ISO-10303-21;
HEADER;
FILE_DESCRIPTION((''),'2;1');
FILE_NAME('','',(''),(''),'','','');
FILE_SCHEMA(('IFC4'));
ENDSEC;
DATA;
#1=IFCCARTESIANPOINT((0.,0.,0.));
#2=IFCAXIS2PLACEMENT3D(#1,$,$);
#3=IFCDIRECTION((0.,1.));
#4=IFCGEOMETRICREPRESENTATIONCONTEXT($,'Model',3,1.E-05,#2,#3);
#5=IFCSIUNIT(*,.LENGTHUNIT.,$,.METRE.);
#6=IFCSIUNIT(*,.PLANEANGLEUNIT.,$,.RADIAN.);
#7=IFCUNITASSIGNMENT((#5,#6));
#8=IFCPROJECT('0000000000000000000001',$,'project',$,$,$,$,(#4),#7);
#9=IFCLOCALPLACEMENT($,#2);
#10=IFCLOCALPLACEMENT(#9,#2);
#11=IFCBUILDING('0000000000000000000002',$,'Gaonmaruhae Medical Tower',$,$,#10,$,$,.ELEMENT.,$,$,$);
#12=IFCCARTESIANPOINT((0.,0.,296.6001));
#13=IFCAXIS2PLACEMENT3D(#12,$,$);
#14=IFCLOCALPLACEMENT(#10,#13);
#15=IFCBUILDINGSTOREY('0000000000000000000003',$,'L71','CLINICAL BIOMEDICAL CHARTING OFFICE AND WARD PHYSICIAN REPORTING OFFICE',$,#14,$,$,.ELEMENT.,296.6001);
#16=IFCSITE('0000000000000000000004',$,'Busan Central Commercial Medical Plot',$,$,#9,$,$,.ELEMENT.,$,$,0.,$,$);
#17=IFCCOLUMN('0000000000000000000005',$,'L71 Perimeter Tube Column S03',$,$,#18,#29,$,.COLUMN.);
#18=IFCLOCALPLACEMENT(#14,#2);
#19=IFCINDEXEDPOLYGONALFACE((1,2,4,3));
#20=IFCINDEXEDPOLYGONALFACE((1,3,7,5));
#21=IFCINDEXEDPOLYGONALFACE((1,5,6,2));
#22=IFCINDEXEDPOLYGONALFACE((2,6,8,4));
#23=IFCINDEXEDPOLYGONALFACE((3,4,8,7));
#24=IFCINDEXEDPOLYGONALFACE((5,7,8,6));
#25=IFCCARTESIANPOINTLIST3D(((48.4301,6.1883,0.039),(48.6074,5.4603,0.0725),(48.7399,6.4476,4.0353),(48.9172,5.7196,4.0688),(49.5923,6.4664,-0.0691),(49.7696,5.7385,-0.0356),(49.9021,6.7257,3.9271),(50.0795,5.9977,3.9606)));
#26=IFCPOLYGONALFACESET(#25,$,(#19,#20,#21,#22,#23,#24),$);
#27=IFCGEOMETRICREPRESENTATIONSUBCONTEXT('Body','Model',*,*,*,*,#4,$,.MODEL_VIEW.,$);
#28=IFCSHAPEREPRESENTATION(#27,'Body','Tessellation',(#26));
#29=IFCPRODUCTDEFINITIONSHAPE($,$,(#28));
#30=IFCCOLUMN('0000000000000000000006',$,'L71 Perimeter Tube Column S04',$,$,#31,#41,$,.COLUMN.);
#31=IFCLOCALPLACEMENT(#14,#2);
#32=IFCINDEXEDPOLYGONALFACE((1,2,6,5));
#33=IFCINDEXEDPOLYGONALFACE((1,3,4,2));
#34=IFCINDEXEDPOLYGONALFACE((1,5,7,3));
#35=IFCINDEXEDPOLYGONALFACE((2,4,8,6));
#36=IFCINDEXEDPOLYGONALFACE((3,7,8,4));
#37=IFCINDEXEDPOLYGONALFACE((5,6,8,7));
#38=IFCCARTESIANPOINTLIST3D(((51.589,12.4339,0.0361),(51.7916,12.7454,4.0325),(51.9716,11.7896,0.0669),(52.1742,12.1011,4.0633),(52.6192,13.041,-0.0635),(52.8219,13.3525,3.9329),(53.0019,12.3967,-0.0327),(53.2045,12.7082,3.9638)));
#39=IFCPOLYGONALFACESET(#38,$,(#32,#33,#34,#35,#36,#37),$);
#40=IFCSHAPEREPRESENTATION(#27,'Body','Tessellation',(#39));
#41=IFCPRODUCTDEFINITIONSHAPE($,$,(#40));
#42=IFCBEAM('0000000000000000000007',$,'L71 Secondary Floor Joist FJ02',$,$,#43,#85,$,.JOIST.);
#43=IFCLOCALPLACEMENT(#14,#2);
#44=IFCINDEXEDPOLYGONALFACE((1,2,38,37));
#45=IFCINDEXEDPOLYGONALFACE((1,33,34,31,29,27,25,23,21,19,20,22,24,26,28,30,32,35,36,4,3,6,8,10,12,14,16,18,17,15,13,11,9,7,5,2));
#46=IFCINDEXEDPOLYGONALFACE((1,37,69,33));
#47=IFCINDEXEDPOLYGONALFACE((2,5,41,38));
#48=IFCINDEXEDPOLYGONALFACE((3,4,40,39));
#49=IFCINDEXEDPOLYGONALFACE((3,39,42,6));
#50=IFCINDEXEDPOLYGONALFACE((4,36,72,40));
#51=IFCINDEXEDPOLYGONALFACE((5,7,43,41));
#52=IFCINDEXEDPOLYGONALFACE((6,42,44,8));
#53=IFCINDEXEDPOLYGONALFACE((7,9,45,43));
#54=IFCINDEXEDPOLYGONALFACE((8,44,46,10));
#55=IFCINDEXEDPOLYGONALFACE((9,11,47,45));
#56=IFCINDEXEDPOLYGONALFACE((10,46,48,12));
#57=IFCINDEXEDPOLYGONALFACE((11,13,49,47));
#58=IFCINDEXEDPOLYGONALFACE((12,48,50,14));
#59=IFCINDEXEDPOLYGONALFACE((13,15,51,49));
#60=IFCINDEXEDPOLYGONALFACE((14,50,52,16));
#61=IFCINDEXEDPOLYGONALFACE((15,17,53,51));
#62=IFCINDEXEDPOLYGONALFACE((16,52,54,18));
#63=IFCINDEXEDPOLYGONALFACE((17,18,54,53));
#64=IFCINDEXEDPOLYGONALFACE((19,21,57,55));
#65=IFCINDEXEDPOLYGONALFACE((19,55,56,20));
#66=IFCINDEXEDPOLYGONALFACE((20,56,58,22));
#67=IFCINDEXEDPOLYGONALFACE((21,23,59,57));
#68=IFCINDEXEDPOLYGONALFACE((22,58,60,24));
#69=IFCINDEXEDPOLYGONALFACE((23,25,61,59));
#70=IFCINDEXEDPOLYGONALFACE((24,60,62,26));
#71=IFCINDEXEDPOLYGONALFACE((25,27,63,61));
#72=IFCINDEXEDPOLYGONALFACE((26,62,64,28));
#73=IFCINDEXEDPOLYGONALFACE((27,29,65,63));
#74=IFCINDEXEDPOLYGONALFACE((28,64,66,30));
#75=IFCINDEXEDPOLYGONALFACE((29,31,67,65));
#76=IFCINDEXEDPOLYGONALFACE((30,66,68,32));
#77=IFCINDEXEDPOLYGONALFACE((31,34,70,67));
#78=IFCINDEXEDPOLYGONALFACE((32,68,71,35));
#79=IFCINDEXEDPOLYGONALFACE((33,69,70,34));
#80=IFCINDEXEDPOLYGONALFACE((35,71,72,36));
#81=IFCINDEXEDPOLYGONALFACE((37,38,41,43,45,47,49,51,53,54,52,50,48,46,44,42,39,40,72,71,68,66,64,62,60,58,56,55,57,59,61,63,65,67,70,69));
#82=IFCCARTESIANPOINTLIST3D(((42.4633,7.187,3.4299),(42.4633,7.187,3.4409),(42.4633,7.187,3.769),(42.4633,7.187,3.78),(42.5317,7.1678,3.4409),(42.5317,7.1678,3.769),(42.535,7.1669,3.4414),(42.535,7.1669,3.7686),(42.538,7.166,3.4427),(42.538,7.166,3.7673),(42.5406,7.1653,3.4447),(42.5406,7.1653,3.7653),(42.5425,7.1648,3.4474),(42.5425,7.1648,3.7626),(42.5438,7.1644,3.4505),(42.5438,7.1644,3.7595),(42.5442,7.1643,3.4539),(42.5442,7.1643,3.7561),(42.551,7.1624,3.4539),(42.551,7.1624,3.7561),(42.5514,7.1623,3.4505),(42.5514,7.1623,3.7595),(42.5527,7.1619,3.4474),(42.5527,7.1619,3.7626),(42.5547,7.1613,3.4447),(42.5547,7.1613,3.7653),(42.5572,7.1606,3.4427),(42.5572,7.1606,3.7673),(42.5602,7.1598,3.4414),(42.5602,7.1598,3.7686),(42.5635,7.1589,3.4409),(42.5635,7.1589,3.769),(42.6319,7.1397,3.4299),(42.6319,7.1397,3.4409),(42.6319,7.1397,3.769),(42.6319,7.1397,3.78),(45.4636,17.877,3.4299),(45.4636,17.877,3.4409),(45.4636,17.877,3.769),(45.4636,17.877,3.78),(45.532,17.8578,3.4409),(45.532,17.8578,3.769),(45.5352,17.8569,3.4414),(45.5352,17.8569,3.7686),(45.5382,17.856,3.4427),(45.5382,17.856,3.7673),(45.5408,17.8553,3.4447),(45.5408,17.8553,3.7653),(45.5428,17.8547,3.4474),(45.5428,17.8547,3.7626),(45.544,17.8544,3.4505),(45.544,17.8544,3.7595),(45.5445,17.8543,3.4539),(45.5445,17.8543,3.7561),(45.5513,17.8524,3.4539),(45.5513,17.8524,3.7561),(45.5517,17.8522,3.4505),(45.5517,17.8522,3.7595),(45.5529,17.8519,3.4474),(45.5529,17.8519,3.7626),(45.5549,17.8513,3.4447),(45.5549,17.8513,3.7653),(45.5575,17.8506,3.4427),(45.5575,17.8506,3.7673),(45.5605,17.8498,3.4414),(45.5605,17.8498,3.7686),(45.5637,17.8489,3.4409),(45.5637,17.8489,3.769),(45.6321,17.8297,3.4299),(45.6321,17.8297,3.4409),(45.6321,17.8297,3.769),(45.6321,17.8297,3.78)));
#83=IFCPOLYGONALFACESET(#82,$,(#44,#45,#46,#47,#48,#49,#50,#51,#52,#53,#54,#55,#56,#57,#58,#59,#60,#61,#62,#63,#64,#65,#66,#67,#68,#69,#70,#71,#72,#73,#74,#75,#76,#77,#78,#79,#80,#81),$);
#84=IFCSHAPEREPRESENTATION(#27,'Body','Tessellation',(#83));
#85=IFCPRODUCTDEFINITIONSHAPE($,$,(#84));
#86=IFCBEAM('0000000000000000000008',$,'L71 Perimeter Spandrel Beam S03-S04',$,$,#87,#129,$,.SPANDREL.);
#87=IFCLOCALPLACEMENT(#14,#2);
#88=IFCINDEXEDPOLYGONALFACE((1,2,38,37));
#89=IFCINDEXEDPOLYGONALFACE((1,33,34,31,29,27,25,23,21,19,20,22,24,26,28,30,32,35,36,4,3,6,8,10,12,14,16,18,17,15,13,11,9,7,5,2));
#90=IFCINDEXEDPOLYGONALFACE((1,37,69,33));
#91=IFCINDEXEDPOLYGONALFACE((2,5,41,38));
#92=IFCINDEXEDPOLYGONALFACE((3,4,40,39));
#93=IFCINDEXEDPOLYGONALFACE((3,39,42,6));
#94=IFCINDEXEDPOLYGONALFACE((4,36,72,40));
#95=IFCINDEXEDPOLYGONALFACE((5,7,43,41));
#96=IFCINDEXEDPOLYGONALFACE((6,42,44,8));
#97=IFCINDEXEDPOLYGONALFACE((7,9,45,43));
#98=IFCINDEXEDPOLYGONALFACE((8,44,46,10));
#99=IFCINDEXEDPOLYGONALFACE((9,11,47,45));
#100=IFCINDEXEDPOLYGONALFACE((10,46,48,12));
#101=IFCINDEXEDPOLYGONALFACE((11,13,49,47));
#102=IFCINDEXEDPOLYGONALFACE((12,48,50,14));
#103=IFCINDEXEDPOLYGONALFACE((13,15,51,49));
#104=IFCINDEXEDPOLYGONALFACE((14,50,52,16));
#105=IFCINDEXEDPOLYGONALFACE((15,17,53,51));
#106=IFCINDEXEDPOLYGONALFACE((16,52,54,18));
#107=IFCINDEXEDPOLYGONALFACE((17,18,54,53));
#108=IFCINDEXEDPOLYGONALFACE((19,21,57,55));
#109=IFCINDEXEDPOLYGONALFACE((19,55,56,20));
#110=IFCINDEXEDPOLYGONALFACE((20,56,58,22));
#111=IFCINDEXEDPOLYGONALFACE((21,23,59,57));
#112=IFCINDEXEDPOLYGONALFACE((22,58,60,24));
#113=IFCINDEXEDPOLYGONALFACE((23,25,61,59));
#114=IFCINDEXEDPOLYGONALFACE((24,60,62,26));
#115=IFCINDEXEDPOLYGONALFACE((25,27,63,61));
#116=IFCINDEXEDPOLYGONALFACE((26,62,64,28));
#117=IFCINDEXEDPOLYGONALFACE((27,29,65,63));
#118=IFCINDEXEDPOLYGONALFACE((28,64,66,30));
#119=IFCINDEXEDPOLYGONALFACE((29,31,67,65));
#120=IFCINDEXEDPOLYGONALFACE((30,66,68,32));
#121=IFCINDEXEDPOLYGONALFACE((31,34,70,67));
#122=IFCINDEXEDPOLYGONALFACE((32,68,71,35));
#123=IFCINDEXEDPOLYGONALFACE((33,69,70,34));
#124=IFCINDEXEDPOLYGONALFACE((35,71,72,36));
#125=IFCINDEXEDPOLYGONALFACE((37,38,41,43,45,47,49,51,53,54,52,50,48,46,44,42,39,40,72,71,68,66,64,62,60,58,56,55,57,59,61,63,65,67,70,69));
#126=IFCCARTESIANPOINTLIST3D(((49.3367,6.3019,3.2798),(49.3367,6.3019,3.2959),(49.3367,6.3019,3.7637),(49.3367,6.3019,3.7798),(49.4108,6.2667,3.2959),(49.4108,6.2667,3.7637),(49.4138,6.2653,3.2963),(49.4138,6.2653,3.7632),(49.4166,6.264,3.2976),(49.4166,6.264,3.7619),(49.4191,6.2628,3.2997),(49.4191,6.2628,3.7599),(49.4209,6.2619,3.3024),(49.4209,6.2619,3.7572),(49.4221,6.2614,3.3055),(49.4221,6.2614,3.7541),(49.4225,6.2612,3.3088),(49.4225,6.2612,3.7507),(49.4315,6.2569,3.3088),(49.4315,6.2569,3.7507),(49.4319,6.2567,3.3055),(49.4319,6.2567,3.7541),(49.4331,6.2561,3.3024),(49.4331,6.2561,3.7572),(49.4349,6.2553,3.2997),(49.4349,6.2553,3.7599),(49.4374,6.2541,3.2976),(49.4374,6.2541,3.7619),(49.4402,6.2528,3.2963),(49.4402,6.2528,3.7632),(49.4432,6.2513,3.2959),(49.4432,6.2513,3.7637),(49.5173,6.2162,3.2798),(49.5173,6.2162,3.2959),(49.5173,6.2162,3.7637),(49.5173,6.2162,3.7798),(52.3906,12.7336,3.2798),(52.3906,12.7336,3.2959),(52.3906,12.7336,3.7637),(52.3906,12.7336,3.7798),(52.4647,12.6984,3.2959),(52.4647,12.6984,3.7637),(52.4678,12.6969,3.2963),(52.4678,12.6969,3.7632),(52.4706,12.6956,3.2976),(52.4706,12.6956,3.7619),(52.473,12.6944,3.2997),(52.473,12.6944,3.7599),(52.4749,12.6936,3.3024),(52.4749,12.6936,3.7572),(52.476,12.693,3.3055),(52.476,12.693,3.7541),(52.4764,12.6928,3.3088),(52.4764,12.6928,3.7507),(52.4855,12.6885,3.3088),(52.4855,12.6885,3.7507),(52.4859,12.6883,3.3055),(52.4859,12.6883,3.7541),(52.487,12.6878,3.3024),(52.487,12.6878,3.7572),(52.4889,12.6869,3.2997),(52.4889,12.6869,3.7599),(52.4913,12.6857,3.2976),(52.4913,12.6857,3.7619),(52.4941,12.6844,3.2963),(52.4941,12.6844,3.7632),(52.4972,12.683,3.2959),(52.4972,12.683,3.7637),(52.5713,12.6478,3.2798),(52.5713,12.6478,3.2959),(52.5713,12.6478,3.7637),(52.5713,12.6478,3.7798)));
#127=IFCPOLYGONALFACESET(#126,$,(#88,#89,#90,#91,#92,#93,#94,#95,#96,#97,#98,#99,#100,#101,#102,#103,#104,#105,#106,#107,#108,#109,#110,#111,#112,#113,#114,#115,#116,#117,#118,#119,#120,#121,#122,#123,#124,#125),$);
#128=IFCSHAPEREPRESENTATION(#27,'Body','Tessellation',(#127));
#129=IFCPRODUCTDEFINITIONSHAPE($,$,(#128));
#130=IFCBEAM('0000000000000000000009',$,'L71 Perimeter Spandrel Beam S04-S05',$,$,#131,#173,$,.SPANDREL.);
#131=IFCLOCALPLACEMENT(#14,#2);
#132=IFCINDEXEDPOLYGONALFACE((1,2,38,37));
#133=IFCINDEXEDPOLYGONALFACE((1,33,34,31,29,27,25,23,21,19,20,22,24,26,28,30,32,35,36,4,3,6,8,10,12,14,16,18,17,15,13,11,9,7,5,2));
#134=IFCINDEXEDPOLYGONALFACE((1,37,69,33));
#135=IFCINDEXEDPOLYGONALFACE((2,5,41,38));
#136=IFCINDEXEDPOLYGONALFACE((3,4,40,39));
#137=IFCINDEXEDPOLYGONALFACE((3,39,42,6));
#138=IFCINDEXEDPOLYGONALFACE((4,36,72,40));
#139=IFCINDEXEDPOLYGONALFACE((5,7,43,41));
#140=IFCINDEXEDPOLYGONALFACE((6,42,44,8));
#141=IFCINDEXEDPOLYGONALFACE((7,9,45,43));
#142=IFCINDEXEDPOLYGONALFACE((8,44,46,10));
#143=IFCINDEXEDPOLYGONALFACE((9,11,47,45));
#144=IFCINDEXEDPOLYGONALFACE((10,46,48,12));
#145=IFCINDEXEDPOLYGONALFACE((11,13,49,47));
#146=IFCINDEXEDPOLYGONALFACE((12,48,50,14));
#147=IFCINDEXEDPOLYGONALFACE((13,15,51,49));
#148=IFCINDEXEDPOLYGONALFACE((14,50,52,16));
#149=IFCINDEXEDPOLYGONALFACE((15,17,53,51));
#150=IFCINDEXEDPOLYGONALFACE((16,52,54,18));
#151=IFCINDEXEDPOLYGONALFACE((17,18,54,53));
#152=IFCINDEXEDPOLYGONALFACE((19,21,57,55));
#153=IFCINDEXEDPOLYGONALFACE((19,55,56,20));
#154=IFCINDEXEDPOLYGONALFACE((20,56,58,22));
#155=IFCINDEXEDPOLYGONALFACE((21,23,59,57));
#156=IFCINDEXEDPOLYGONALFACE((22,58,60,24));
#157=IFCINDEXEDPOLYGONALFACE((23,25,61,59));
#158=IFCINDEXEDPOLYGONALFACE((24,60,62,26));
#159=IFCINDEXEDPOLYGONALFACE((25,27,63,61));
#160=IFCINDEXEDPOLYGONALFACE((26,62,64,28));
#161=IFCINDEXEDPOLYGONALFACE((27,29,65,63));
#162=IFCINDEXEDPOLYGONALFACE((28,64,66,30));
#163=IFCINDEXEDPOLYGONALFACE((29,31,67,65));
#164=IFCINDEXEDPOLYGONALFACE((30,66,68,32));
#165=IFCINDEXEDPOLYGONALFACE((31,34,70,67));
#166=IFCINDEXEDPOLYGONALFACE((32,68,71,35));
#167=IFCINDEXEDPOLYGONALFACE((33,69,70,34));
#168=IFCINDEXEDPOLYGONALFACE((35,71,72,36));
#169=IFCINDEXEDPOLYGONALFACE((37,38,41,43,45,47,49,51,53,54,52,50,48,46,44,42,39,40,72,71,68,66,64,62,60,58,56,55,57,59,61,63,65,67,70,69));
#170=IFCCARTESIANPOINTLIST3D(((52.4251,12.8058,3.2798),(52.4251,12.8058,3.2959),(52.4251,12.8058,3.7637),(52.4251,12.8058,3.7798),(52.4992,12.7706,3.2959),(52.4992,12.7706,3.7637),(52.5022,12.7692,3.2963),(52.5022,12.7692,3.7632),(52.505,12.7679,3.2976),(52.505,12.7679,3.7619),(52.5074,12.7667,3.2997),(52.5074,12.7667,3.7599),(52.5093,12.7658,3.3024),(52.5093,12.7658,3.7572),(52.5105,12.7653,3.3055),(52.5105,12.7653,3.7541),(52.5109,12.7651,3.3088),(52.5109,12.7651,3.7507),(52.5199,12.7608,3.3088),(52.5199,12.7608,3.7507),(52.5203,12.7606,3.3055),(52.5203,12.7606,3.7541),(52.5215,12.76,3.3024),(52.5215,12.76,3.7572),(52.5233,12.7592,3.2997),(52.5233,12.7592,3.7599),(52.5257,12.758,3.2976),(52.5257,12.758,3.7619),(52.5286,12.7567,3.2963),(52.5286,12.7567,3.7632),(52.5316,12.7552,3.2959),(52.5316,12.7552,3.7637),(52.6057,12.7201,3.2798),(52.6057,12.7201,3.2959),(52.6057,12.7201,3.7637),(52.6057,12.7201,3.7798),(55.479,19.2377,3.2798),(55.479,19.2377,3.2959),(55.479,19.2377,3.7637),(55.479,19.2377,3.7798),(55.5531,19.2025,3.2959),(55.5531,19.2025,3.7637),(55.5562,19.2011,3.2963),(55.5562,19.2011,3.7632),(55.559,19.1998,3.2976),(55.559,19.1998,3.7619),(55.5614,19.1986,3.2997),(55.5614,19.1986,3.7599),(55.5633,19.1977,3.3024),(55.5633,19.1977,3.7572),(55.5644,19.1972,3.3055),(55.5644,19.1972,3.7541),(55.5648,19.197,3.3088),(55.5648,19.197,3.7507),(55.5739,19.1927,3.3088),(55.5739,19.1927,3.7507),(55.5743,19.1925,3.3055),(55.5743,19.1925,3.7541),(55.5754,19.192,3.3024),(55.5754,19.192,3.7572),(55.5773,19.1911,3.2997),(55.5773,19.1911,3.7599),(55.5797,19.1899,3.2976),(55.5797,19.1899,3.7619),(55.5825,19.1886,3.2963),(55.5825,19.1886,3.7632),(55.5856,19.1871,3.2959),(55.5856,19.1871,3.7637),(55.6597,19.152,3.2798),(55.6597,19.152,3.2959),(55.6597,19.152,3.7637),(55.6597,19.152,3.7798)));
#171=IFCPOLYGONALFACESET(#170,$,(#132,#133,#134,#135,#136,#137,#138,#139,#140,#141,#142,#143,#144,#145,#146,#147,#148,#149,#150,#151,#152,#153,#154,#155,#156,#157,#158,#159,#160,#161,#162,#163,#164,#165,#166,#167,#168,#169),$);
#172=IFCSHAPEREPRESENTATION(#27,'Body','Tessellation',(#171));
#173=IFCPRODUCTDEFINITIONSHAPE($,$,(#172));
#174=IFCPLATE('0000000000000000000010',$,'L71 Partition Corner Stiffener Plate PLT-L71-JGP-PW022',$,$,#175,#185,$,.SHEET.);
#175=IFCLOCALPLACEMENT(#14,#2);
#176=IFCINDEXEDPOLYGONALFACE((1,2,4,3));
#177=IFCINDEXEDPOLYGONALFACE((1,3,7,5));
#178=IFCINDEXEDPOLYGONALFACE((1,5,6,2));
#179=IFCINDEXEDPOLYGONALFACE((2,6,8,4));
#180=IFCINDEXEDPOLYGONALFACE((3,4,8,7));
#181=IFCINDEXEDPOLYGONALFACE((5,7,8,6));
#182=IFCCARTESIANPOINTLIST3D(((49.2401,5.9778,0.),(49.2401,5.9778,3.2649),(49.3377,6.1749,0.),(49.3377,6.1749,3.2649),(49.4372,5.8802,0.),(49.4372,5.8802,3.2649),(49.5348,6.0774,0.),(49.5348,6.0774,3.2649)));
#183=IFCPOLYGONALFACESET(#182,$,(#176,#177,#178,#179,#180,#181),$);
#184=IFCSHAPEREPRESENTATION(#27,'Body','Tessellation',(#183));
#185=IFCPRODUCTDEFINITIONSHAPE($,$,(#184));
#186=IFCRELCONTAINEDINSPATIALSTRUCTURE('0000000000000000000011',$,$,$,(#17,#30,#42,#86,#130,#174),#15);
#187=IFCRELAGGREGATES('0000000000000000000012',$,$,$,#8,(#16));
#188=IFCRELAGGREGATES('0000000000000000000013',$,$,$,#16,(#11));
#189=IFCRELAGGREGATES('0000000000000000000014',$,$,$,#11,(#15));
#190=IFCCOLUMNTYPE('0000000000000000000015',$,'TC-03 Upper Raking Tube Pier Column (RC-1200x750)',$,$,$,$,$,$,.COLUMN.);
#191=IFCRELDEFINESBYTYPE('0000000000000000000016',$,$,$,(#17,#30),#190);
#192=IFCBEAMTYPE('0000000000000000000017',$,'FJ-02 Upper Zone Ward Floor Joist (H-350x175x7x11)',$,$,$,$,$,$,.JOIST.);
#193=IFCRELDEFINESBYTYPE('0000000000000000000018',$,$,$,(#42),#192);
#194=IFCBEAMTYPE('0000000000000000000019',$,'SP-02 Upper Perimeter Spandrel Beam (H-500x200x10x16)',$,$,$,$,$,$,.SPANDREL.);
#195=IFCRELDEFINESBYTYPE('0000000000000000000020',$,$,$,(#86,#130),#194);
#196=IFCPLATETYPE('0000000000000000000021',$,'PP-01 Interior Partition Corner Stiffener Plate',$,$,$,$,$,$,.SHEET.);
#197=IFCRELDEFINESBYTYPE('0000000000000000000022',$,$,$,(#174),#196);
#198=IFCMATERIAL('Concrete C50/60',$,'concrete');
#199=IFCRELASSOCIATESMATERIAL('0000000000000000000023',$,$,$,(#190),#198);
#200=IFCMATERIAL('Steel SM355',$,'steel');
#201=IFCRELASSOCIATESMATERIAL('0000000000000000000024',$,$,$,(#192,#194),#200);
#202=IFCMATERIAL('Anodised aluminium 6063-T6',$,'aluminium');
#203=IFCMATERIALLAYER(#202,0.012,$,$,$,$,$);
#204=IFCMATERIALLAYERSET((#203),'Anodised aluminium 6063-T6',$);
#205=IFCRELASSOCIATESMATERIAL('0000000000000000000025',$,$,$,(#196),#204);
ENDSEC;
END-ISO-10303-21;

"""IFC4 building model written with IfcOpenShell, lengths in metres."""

from ifc_helpers import new_model, si_unit, direction, frame, origin, origin_2d, place, context, subcontext, project, spatial, rectangle, i_section, extrude, material, layer, layer_set, material_profile, profile_set, type_object, element, save


model = new_model("IFC4")

# Units and contexts
model_context = context("Model", 3, precision=1e-05, world=origin(), true_north=direction((0.0, 1.0)))
body_context = subcontext(model_context, "Body", "Model", "MODEL_VIEW")
ifc_project = project(units=[si_unit("LENGTHUNIT", "METRE"), si_unit("PLANEANGLEUNIT", "RADIAN")], contexts=[model_context])

# Site, building, storey
site_placement = place(None, origin())
site = spatial("IfcSite", under=ifc_project, at=site_placement, Name="Busan Central Commercial Medical Plot", CompositionType="ELEMENT", RefElevation=0.0)
building_placement = place(site_placement, origin())
building = spatial("IfcBuilding", under=site, at=building_placement, Name="Gaonmaruhae Medical Tower", CompositionType="ELEMENT")
storey_placement = place(building_placement, frame((0.0, 0.0, 296.6001)))
storey = spatial("IfcBuildingStorey", under=building, at=storey_placement, Name="L71", Description="CLINICAL BIOMEDICAL CHARTING OFFICE AND WARD PHYSICIAN REPORTING OFFICE", CompositionType="ELEMENT", Elevation=296.6001)

# Columns
ifc_material_1 = material(Name="Concrete C50/60", Category="concrete")
ifc_material_profile_1 = material_profile(ifc_material_1, rectangle(XDim=1.2, YDim=0.75, at=origin_2d()), Name="RC-1200x750")
ifc_profile_set_1 = profile_set([ifc_material_profile_1], Name="Concrete C50/60")
column_type = type_object("IfcColumnType", Name="TC-03 Upper Raking Tube Pier Column (RC-1200x750)", PredefinedType="COLUMN", material=ifc_profile_set_1)
column_1_placement = place(storey_placement, frame((49.0999, 5.9634, 0.0017), z_axis=(0.077131, 0.06455, 0.994929), x_axis=(-0.968578, -0.231806, 0.090128)))
element("IfcColumn", 1, at=column_1_placement, inside=storey, type_object=column_type, Name="L71 Perimeter Tube Column S03", PredefinedType="COLUMN", context=body_context, shape_type="SweptSolid", body=[
    extrude(rectangle(XDim=1.2, YDim=0.75, at=origin_2d()), origin(), (0.0, 0.0, 1.0), 4.0166),
])
column_2_placement = place(storey_placement, frame((52.2954, 12.4153, 0.0017), z_axis=(0.050488, 0.077617, 0.995704), x_axis=(-0.858579, -0.505923, 0.082973)))
element("IfcColumn", 2, at=column_2_placement, inside=storey, type_object=column_type, Name="L71 Perimeter Tube Column S04", PredefinedType="COLUMN", context=body_context, shape_type="SweptSolid", body=[
    extrude(rectangle(XDim=1.2, YDim=0.75, at=origin_2d()), origin(), (0.0, 0.0, 1.0), 4.0137),
])

# Beams
ifc_material_2 = material(Name="Steel SM355", Category="steel")
ifc_material_profile_2 = material_profile(ifc_material_2, i_section(OverallWidth=0.175, OverallDepth=0.3501, WebThickness=0.0071, FlangeThickness=0.011, FilletRadius=0.0129, at=origin_2d()), Name="H-350x175x7x11")
ifc_profile_set_2 = profile_set([ifc_material_profile_2], Name="Steel SM355")
beam_type_1 = type_object("IfcBeamType", Name="FJ-02 Upper Zone Ward Floor Joist (H-350x175x7x11)", PredefinedType="JOIST", material=ifc_profile_set_2)
beam_1_placement = place(storey_placement, frame((42.5476, 7.1633, 3.605), z_axis=(0.27022, 0.962799, 0.0), x_axis=(-0.962799, 0.27022, 0.0)))
element("IfcBeam", 3, at=beam_1_placement, inside=storey, type_object=beam_type_1, Name="L71 Secondary Floor Joist FJ02", PredefinedType="JOIST", context=body_context, shape_type="SweptSolid", body=[
    extrude(i_section(OverallWidth=0.175, OverallDepth=0.3501, WebThickness=0.0071, FlangeThickness=0.011, FilletRadius=0.0129, at=origin_2d()), origin(), (0.0, 0.0, 1.0), 11.103),
])
ifc_material_profile_3 = material_profile(ifc_material_2, i_section(OverallWidth=0.2, OverallDepth=0.5, WebThickness=0.01, FlangeThickness=0.0161, FilletRadius=0.0129, at=origin_2d()), Name="H-500x200x10x16")
ifc_profile_set_3 = profile_set([ifc_material_profile_3], Name="Steel SM355")
beam_type_2 = type_object("IfcBeamType", Name="SP-02 Upper Perimeter Spandrel Beam (H-500x200x10x16)", PredefinedType="SPANDREL", material=ifc_profile_set_3)
beam_2_placement = place(storey_placement, frame((49.427, 6.259, 3.5298), z_axis=(0.428934, 0.903336, 0.0), x_axis=(-0.903336, 0.428934, 0.0)))
element("IfcBeam", 4, at=beam_2_placement, inside=storey, type_object=beam_type_2, Name="L71 Perimeter Spandrel Beam S03-S04", PredefinedType="SPANDREL", context=body_context, shape_type="SweptSolid", body=[
    extrude(i_section(OverallWidth=0.2, OverallDepth=0.5, WebThickness=0.01, FlangeThickness=0.0161, FilletRadius=0.0129, at=origin_2d()), origin(), (0.0, 0.0, 1.0), 7.1199),
])
beam_3_placement = place(storey_placement, frame((52.5154, 12.7629, 3.5298), z_axis=(0.42892, 0.903342, 0.0), x_axis=(-0.903342, 0.42892, 0.0)))
element("IfcBeam", 5, at=beam_3_placement, inside=storey, type_object=beam_type_2, Name="L71 Perimeter Spandrel Beam S04-S05", PredefinedType="SPANDREL", context=body_context, shape_type="SweptSolid", body=[
    extrude(i_section(OverallWidth=0.2, OverallDepth=0.5, WebThickness=0.01, FlangeThickness=0.0161, FilletRadius=0.0129, at=origin_2d()), origin(), (0.0, 0.0, 1.0), 7.1201),
])

# Plate
ifc_material_3 = material(Name="Anodised aluminium 6063-T6", Category="aluminium")
ifc_layer_1 = layer(ifc_material_3, 0.012)
ifc_layer_set_1 = layer_set([ifc_layer_1], Name="Anodised aluminium 6063-T6")
plate_type = type_object("IfcPlateType", Name="PP-01 Interior Partition Corner Stiffener Plate", PredefinedType="SHEET", material=ifc_layer_set_1)
plate_1_placement = place(storey_placement, frame((49.3875, 6.0276, 0.0), z_axis=(0.0, 0.0, 1.0), x_axis=(-0.443603, -0.896223, 0.0)))
element("IfcPlate", 6, at=plate_1_placement, inside=storey, type_object=plate_type, Name="L71 Partition Corner Stiffener Plate PLT-L71-JGP-PW022", PredefinedType="SHEET", context=body_context, shape_type="SweptSolid", body=[
    extrude(rectangle(XDim=0.22, YDim=0.22, at=origin_2d()), origin(), (0.0, 0.0, 1.0), 3.2649),
])

save(model, "model.ifc")
